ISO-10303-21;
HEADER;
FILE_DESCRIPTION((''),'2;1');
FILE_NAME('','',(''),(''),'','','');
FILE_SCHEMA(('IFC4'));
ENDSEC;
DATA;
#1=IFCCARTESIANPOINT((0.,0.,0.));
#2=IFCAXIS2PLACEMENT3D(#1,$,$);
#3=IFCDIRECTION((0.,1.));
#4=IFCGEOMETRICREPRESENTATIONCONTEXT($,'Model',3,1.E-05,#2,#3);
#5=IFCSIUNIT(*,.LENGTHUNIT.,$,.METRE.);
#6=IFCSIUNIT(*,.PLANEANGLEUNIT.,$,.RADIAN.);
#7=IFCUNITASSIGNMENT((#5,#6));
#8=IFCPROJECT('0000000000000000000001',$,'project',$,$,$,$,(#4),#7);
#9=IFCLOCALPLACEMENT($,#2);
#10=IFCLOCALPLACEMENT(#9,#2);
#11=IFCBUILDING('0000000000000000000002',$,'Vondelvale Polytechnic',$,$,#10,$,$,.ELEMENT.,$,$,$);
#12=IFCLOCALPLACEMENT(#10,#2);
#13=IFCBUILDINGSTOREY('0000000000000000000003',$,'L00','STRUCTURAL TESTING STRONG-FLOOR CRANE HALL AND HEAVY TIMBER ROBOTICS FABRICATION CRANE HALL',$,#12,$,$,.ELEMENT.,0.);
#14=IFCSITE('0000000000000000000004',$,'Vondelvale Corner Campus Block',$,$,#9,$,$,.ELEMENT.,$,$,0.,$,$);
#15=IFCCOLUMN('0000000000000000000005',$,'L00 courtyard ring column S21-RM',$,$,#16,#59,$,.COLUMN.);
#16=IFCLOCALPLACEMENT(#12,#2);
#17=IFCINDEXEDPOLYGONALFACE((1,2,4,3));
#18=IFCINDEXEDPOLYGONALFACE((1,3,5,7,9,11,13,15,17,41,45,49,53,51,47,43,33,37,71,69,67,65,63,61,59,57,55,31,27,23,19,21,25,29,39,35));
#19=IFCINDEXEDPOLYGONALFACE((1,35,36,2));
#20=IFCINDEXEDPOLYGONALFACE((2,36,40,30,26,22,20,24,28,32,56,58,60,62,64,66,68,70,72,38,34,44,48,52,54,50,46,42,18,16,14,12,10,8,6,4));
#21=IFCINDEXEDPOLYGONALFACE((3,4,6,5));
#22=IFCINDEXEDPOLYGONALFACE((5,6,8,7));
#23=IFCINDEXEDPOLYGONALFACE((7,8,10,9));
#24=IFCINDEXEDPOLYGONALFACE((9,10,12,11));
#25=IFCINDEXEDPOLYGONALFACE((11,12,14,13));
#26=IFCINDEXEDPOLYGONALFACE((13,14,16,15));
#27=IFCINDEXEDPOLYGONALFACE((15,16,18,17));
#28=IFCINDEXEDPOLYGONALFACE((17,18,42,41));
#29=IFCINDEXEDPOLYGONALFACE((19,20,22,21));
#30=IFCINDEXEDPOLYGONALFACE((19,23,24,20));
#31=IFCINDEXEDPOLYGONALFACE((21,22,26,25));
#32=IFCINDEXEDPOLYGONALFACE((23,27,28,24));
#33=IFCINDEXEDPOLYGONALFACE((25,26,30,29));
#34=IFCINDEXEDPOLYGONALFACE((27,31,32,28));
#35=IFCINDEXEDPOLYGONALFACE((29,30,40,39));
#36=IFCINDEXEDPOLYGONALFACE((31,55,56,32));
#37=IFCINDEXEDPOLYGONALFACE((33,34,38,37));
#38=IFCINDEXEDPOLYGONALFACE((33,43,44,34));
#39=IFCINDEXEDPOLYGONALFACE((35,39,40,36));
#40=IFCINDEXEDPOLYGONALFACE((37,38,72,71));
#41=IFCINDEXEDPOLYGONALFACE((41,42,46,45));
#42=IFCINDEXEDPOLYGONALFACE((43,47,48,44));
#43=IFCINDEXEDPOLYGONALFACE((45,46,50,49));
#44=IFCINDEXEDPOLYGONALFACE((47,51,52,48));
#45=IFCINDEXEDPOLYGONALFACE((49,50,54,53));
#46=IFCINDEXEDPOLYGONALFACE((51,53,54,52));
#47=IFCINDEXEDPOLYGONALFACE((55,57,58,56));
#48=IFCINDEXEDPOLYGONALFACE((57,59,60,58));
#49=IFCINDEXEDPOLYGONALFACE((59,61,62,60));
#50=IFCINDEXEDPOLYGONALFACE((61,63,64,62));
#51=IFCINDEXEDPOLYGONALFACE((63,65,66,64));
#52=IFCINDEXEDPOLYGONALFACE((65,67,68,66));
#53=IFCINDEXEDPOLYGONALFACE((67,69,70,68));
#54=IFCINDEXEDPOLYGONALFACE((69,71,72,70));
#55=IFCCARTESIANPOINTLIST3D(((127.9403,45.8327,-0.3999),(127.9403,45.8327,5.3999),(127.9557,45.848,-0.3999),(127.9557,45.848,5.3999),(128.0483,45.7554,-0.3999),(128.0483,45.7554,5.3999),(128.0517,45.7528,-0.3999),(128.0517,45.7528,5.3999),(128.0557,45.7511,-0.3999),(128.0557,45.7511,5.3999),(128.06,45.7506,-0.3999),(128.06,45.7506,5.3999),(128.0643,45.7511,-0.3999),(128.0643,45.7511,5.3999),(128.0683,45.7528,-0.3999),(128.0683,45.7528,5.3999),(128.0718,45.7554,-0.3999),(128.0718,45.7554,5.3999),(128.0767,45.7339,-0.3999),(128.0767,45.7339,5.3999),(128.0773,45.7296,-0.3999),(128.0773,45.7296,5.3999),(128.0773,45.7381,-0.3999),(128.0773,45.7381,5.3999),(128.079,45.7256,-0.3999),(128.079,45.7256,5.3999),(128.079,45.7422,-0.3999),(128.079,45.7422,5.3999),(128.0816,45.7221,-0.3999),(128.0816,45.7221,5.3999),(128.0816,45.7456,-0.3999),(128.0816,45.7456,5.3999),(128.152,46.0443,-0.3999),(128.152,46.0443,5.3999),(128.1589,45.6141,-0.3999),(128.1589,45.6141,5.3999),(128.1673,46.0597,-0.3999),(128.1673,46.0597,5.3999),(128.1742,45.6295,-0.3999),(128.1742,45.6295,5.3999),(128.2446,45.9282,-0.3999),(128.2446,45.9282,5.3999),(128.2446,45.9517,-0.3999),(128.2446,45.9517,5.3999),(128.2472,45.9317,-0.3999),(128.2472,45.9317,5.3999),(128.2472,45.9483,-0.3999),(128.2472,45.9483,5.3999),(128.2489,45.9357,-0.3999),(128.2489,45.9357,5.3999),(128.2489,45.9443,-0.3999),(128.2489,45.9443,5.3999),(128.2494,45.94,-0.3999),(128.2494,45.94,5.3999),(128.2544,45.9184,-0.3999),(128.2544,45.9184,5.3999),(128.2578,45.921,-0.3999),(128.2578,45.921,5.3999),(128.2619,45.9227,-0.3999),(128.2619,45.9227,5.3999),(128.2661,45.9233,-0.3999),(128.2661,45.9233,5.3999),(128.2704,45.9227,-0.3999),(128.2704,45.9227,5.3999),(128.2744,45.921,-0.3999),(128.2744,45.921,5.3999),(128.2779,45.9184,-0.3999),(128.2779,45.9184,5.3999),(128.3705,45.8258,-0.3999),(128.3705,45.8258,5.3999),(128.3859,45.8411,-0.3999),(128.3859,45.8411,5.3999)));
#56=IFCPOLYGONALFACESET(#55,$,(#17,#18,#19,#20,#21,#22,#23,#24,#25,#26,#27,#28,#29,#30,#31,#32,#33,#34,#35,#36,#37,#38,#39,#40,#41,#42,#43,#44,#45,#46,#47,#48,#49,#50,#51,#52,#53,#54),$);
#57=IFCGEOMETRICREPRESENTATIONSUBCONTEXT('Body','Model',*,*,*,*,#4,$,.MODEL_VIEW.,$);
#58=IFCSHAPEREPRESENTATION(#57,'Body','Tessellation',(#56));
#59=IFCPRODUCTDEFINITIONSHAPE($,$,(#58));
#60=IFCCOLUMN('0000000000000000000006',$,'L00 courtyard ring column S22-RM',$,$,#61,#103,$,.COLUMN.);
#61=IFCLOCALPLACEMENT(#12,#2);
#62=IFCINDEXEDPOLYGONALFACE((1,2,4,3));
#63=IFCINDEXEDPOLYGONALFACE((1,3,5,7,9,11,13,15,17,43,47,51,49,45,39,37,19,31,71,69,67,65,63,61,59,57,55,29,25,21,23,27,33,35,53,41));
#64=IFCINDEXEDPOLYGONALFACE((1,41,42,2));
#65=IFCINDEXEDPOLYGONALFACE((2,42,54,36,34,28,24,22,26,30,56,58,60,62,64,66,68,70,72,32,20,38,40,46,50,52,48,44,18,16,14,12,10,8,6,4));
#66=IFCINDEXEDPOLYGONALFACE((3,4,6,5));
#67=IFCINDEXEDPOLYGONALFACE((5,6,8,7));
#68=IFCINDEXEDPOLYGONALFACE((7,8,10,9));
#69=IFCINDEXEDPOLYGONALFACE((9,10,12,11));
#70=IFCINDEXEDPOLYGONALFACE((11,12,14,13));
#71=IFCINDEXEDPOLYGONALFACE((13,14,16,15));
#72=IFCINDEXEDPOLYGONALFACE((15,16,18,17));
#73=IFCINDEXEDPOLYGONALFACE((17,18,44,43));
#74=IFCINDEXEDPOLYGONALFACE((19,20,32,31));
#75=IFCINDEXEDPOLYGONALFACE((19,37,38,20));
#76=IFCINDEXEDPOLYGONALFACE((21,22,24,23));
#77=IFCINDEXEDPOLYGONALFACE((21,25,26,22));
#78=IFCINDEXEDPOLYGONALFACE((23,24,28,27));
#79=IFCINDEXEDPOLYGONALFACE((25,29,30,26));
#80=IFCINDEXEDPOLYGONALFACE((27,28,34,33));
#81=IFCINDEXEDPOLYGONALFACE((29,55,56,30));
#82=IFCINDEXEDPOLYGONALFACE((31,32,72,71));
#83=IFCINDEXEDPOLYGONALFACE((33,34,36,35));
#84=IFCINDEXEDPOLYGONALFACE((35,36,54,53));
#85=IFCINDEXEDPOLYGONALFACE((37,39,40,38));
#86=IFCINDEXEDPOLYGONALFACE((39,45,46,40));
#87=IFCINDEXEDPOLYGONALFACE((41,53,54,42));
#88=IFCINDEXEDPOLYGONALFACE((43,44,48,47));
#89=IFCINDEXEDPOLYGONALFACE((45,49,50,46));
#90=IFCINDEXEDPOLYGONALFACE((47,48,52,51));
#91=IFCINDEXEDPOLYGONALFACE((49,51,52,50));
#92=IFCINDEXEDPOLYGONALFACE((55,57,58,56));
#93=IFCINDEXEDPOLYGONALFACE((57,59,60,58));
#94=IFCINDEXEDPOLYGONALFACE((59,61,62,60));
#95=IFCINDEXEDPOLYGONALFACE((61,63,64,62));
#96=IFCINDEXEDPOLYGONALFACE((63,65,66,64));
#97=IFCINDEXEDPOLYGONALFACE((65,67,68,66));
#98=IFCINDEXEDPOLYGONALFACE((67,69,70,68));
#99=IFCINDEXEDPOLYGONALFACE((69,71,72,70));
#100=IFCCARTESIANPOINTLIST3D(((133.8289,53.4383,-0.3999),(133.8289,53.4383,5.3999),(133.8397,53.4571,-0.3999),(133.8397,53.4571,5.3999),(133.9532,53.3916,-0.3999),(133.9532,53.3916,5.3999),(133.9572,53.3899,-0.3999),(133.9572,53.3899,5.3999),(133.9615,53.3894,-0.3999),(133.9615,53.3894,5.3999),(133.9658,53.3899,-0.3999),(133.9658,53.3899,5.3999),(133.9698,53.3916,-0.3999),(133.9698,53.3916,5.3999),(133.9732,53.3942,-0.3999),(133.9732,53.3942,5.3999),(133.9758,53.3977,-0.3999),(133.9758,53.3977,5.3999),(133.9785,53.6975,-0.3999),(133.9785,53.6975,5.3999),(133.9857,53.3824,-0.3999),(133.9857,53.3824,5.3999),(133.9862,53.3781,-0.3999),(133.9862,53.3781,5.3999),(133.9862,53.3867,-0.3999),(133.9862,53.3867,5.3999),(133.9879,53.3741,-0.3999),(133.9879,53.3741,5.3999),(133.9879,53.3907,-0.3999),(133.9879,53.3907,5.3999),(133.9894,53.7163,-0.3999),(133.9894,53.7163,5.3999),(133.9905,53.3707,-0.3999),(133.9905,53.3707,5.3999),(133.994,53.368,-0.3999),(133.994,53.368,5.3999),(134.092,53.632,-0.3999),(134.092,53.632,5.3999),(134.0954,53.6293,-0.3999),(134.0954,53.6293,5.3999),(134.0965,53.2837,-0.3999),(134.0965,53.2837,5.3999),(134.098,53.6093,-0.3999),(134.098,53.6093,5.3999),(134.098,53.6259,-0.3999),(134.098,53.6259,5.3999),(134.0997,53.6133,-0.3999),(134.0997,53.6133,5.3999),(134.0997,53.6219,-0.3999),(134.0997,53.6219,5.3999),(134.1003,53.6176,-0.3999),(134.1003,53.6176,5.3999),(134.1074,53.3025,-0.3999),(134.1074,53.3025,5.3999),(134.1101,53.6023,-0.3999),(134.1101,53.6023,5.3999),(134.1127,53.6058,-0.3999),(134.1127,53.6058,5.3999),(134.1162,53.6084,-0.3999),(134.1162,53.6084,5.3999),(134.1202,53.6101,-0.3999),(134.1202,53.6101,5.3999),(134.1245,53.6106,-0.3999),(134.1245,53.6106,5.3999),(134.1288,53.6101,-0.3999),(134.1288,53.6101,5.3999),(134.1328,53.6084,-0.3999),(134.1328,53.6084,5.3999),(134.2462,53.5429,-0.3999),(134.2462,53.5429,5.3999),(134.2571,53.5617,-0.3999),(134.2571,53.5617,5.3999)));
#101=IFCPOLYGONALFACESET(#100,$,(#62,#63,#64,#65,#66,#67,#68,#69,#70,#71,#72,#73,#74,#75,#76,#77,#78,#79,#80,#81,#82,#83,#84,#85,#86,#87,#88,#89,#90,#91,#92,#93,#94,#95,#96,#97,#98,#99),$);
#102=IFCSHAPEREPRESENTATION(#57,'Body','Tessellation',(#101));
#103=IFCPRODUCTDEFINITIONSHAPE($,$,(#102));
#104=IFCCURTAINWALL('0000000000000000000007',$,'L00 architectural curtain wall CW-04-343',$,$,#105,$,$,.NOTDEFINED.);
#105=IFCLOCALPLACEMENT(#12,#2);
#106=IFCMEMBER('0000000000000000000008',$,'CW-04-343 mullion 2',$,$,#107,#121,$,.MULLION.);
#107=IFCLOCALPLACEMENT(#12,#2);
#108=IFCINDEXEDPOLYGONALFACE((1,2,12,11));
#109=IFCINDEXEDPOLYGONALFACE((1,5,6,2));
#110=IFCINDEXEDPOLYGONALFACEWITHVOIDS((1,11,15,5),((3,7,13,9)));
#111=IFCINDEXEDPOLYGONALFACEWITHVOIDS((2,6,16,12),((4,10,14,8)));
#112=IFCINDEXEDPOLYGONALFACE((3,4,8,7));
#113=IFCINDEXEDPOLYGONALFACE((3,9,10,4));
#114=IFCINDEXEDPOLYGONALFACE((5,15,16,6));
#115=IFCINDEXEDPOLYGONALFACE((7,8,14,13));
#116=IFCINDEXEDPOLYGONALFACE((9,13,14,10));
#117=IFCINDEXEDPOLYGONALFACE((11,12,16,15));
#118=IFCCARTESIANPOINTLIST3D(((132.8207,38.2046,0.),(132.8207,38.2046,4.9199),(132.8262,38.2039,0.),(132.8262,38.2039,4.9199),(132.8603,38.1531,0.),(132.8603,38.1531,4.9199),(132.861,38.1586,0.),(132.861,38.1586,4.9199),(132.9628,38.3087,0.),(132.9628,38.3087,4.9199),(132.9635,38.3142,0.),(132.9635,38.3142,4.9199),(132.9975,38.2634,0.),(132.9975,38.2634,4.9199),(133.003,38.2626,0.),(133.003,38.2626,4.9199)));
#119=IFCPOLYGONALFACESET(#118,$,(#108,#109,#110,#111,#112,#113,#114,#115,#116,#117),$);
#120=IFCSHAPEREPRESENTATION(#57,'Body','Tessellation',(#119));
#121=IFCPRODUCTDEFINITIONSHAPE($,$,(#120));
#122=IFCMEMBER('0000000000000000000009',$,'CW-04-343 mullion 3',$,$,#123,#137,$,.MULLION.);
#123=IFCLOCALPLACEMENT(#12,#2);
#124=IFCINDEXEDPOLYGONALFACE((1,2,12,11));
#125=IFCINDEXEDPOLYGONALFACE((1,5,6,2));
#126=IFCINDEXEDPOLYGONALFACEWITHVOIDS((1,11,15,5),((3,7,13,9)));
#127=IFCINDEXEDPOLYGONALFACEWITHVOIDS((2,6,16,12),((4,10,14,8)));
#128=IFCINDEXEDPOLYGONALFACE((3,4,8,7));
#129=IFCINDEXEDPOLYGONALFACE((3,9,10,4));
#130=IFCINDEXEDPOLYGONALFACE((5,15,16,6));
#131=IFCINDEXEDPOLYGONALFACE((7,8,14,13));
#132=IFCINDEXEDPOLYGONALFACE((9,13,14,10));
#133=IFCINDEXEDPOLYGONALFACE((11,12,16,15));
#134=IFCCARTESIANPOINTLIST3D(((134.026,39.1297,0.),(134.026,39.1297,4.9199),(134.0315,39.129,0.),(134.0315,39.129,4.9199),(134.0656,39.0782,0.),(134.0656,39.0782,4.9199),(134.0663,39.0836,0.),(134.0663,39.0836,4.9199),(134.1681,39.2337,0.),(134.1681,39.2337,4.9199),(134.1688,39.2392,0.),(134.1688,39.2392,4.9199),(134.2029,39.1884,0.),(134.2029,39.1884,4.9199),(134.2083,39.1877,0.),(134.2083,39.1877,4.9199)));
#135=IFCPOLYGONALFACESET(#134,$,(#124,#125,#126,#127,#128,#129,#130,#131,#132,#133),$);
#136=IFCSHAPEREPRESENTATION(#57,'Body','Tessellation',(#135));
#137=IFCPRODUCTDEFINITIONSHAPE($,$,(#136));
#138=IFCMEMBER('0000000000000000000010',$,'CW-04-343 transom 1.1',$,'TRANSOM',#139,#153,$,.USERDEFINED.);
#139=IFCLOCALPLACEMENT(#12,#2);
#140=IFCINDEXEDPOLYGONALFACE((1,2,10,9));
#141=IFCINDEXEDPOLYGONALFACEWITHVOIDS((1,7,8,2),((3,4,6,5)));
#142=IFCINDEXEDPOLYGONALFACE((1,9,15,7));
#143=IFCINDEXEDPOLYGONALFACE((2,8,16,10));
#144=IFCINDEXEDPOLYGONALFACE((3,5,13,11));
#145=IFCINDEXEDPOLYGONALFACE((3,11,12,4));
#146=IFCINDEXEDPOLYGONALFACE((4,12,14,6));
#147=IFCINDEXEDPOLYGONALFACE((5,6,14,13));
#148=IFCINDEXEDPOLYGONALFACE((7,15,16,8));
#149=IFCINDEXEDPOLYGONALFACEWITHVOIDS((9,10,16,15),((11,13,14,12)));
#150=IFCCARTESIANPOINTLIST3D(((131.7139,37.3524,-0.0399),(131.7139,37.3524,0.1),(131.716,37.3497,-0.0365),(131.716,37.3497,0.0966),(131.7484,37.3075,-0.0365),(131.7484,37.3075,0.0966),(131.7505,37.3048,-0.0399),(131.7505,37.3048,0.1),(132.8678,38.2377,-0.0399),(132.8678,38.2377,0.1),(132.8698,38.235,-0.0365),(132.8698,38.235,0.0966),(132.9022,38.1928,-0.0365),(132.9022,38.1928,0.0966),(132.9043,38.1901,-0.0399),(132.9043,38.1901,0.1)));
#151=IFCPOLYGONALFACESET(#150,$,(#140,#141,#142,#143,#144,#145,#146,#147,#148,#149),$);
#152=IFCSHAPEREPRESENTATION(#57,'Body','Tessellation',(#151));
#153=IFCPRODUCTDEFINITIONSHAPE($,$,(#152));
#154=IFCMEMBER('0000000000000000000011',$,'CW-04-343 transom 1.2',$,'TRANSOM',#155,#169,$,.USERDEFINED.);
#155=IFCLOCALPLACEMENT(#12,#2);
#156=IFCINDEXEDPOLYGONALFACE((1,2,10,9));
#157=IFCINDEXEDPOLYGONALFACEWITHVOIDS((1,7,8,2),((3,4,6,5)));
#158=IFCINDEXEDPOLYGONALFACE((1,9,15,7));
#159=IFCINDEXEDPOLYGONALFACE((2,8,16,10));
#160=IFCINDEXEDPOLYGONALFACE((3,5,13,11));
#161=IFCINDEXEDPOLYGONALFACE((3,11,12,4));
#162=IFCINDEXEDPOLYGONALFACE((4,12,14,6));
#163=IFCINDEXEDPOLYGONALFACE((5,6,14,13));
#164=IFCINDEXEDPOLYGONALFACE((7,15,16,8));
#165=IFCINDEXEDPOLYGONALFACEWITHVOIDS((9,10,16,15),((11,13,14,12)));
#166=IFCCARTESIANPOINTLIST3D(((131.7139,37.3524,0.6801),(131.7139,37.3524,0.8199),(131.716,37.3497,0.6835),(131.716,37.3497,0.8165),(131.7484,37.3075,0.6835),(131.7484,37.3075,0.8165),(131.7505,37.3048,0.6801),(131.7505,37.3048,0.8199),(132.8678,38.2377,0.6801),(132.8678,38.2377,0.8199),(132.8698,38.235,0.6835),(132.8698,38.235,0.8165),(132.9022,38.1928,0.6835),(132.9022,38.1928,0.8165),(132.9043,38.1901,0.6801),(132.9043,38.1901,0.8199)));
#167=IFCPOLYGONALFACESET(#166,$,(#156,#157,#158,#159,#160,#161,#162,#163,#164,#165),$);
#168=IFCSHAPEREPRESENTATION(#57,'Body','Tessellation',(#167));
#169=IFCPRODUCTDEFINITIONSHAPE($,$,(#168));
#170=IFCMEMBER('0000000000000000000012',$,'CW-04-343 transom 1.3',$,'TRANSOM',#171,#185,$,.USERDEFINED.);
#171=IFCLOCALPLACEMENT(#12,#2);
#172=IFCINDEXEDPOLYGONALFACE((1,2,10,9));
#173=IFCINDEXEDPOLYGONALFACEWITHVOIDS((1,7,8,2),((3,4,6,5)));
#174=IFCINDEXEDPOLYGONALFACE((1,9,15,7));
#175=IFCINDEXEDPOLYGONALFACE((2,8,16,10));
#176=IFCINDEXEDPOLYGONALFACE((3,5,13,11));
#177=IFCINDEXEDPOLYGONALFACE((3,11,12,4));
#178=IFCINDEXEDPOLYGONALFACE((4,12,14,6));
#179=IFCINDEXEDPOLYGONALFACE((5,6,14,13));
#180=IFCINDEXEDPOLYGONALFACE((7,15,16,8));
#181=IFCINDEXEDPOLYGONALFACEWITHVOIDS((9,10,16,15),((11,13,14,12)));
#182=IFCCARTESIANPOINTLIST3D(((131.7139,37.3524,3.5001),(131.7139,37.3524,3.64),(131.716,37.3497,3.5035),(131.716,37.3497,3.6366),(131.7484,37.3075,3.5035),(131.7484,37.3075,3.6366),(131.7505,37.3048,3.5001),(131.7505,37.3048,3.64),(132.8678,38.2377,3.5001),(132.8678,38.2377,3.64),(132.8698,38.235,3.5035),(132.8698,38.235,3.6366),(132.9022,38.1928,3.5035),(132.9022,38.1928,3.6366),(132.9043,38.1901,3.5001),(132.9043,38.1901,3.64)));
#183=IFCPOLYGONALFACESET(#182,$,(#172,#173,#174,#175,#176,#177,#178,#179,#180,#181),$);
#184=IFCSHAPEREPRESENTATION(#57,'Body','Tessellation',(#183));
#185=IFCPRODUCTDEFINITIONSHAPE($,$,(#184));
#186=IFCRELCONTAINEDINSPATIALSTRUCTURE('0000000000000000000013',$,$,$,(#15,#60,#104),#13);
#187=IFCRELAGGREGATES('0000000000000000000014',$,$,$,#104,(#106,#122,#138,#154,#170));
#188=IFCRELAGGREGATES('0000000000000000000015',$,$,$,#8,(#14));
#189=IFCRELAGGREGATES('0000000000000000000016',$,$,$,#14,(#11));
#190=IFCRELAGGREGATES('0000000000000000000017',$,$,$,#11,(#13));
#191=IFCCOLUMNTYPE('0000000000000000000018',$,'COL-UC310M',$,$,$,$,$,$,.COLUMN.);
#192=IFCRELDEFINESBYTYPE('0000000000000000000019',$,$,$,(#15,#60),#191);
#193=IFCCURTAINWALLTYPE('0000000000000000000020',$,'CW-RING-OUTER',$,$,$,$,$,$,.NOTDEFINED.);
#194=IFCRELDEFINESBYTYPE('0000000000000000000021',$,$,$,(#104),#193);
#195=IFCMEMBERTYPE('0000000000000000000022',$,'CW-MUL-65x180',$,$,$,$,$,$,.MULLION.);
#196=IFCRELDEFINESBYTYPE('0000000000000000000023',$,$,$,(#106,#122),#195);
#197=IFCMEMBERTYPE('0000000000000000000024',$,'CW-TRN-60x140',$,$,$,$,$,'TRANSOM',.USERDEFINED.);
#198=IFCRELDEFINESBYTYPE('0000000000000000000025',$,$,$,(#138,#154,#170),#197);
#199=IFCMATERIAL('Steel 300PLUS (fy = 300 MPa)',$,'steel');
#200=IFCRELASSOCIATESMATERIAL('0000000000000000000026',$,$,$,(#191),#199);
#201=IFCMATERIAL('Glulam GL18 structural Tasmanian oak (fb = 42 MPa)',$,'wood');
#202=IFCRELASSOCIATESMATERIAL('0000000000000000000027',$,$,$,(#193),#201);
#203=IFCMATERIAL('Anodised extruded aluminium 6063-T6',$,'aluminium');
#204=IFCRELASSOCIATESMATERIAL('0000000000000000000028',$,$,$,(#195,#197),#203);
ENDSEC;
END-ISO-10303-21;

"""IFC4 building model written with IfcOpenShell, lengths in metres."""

from ifc_helpers import new_model, si_unit, direction, frame, origin, origin_2d, place, context, subcontext, project, spatial, hollow_rectangle, i_section, extrude, material, material_profile, profile_set, type_object, element, aggregate, save


model = new_model("IFC4")

# Units and contexts
model_context = context("Model", 3, precision=1e-05, world=origin(), true_north=direction((0.0, 1.0)))
body_context = subcontext(model_context, "Body", "Model", "MODEL_VIEW")
ifc_project = project(units=[si_unit("LENGTHUNIT", "METRE"), si_unit("PLANEANGLEUNIT", "RADIAN")], contexts=[model_context])

# Site, building, storey
site_placement = place(None, origin())
site = spatial("IfcSite", under=ifc_project, at=site_placement, Name="Vondelvale Corner Campus Block", CompositionType="ELEMENT", RefElevation=0.0)
building_placement = place(site_placement, origin())
building = spatial("IfcBuilding", under=site, at=building_placement, Name="Vondelvale Polytechnic", CompositionType="ELEMENT")
storey_placement = place(building_placement, origin())
storey = spatial("IfcBuildingStorey", under=building, at=storey_placement, Name="L00", Description="STRUCTURAL TESTING STRONG-FLOOR CRANE HALL AND HEAVY TIMBER ROBOTICS FABRICATION CRANE HALL", CompositionType="ELEMENT", Elevation=0.0)

# Columns
ifc_material_1 = material(Name="Steel 300PLUS (fy = 300 MPa)", Category="steel")
ifc_material_profile_1 = material_profile(ifc_material_1, i_section(OverallWidth=0.3091, OverallDepth=0.321, WebThickness=0.0139, FlangeThickness=0.0217, FilletRadius=0.0166, at=origin_2d()), Name="310UC137")
ifc_profile_set_1 = profile_set([ifc_material_profile_1], Name="Steel 300PLUS (fy = 300 MPa)")
column_type = type_object("IfcColumnType", Name="COL-UC310M", PredefinedType="COLUMN", material=ifc_profile_set_1)
for number, where, z_axis, x_axis, name in (
    (1, (128.1631, 45.8369, -0.3999), (0.0, 0.0, 1.0), (-0.707107, 0.707107, 0.0), "L00 courtyard ring column S21-RM"),
    (2, (134.043, 53.5, -0.3999), (0.0, 0.0, 1.0), (-0.866025, 0.5, 0.0), "L00 courtyard ring column S22-RM"),
):
    element("IfcColumn", number, at=place(storey_placement, frame(where, z_axis=z_axis, x_axis=x_axis)), inside=storey, type_object=column_type, Name=name, PredefinedType="COLUMN", context=body_context, shape_type="SweptSolid", body=[
        extrude(i_section(OverallWidth=0.3091, OverallDepth=0.321, WebThickness=0.0139, FlangeThickness=0.0217, FilletRadius=0.0166, at=origin_2d()), origin(), (0.0, 0.0, 1.0), 5.7998),
    ])

# Curtain wall, members
ifc_material_2 = material(Name="Glulam GL18 structural Tasmanian oak (fb = 42 MPa)", Category="wood")
curtain_wall_type_1 = type_object("IfcCurtainWallType", Name="CW-RING-OUTER", PredefinedType="NOTDEFINED", material=ifc_material_2)
curtain_wall_1_placement = place(storey_placement, origin())
curtain_wall_1 = element("IfcCurtainWall", 3, at=curtain_wall_1_placement, inside=storey, type_object=curtain_wall_type_1, Name="L00 architectural curtain wall CW-04-343", PredefinedType="NOTDEFINED")
ifc_material_3 = material(Name="Anodised extruded aluminium 6063-T6", Category="aluminium")
ifc_material_profile_2 = material_profile(ifc_material_3, hollow_rectangle(XDim=0.0649, YDim=0.1799, WallThickness=0.0039, at=origin_2d()), Name="CW-MUL-180x65")
ifc_profile_set_2 = profile_set([ifc_material_profile_2], Name="Anodised extruded aluminium 6063-T6")
member_type_1 = type_object("IfcMemberType", Name="CW-MUL-65x180", PredefinedType="MULLION", material=ifc_profile_set_2)
member_1_placement = place(storey_placement, frame((132.9119, 38.2336, 0.0), z_axis=(0.0, 0.0, 1.0), x_axis=(-0.608764, 0.793352, 0.0)))
member_1 = element("IfcMember", 4, at=member_1_placement, type_object=member_type_1, Name="CW-04-343 mullion 2", PredefinedType="MULLION", context=body_context, shape_type="SweptSolid", body=[
    extrude(hollow_rectangle(XDim=0.0649, YDim=0.1799, WallThickness=0.0039, at=origin_2d()), origin(), (0.0, 0.0, 1.0), 4.9199),
])
member_2_placement = place(storey_placement, frame((134.1172, 39.1587, 0.0), z_axis=(0.0, 0.0, 1.0), x_axis=(-0.608764, 0.793352, 0.0)))
member_2 = element("IfcMember", 5, at=member_2_placement, type_object=member_type_1, Name="CW-04-343 mullion 3", PredefinedType="MULLION", context=body_context, shape_type="SweptSolid", body=[
    extrude(hollow_rectangle(XDim=0.0649, YDim=0.1799, WallThickness=0.0039, at=origin_2d()), origin(), (0.0, 0.0, 1.0), 4.9199),
])
ifc_material_profile_3 = material_profile(ifc_material_3, hollow_rectangle(XDim=0.0601, YDim=0.1399, WallThickness=0.0034, at=origin_2d()), Name="CW-TRN-140x60")
ifc_profile_set_3 = profile_set([ifc_material_profile_3], Name="Anodised extruded aluminium 6063-T6")
member_type_2 = type_object("IfcMemberType", Name="CW-TRN-60x140", ElementType="TRANSOM", PredefinedType="USERDEFINED", material=ifc_profile_set_3)
member_3_placement = place(storey_placement, frame((131.7322, 37.3286, 0.03), z_axis=(0.793385, 0.608721, 0.0), x_axis=(-0.608721, 0.793385, 0.0)))
member_3 = element("IfcMember", 6, at=member_3_placement, type_object=member_type_2, Name="CW-04-343 transom 1.1", ObjectType="TRANSOM", PredefinedType="USERDEFINED", context=body_context, shape_type="SweptSolid", body=[
    extrude(hollow_rectangle(XDim=0.0601, YDim=0.1399, WallThickness=0.0034, at=origin_2d()), origin(), (0.0, 0.0, 1.0), 1.4543),
])
member_4_placement = place(storey_placement, frame((131.7322, 37.3286, 0.75), z_axis=(0.793385, 0.608721, 0.0), x_axis=(-0.608721, 0.793385, 0.0)))
member_4 = element("IfcMember", 7, at=member_4_placement, type_object=member_type_2, Name="CW-04-343 transom 1.2", ObjectType="TRANSOM", PredefinedType="USERDEFINED", context=body_context, shape_type="SweptSolid", body=[
    extrude(hollow_rectangle(XDim=0.0601, YDim=0.1399, WallThickness=0.0034, at=origin_2d()), origin(), (0.0, 0.0, 1.0), 1.4543),
])
member_5_placement = place(storey_placement, frame((131.7322, 37.3286, 3.5701), z_axis=(0.793385, 0.608721, 0.0), x_axis=(-0.608721, 0.793385, 0.0)))
member_5 = element("IfcMember", 8, at=member_5_placement, type_object=member_type_2, Name="CW-04-343 transom 1.3", ObjectType="TRANSOM", PredefinedType="USERDEFINED", context=body_context, shape_type="SweptSolid", body=[
    extrude(hollow_rectangle(XDim=0.0601, YDim=0.1399, WallThickness=0.0034, at=origin_2d()), origin(), (0.0, 0.0, 1.0), 1.4543),
])

aggregate(curtain_wall_1, [member_1, member_2, member_3, member_4, member_5])

save(model, "model.ifc")
